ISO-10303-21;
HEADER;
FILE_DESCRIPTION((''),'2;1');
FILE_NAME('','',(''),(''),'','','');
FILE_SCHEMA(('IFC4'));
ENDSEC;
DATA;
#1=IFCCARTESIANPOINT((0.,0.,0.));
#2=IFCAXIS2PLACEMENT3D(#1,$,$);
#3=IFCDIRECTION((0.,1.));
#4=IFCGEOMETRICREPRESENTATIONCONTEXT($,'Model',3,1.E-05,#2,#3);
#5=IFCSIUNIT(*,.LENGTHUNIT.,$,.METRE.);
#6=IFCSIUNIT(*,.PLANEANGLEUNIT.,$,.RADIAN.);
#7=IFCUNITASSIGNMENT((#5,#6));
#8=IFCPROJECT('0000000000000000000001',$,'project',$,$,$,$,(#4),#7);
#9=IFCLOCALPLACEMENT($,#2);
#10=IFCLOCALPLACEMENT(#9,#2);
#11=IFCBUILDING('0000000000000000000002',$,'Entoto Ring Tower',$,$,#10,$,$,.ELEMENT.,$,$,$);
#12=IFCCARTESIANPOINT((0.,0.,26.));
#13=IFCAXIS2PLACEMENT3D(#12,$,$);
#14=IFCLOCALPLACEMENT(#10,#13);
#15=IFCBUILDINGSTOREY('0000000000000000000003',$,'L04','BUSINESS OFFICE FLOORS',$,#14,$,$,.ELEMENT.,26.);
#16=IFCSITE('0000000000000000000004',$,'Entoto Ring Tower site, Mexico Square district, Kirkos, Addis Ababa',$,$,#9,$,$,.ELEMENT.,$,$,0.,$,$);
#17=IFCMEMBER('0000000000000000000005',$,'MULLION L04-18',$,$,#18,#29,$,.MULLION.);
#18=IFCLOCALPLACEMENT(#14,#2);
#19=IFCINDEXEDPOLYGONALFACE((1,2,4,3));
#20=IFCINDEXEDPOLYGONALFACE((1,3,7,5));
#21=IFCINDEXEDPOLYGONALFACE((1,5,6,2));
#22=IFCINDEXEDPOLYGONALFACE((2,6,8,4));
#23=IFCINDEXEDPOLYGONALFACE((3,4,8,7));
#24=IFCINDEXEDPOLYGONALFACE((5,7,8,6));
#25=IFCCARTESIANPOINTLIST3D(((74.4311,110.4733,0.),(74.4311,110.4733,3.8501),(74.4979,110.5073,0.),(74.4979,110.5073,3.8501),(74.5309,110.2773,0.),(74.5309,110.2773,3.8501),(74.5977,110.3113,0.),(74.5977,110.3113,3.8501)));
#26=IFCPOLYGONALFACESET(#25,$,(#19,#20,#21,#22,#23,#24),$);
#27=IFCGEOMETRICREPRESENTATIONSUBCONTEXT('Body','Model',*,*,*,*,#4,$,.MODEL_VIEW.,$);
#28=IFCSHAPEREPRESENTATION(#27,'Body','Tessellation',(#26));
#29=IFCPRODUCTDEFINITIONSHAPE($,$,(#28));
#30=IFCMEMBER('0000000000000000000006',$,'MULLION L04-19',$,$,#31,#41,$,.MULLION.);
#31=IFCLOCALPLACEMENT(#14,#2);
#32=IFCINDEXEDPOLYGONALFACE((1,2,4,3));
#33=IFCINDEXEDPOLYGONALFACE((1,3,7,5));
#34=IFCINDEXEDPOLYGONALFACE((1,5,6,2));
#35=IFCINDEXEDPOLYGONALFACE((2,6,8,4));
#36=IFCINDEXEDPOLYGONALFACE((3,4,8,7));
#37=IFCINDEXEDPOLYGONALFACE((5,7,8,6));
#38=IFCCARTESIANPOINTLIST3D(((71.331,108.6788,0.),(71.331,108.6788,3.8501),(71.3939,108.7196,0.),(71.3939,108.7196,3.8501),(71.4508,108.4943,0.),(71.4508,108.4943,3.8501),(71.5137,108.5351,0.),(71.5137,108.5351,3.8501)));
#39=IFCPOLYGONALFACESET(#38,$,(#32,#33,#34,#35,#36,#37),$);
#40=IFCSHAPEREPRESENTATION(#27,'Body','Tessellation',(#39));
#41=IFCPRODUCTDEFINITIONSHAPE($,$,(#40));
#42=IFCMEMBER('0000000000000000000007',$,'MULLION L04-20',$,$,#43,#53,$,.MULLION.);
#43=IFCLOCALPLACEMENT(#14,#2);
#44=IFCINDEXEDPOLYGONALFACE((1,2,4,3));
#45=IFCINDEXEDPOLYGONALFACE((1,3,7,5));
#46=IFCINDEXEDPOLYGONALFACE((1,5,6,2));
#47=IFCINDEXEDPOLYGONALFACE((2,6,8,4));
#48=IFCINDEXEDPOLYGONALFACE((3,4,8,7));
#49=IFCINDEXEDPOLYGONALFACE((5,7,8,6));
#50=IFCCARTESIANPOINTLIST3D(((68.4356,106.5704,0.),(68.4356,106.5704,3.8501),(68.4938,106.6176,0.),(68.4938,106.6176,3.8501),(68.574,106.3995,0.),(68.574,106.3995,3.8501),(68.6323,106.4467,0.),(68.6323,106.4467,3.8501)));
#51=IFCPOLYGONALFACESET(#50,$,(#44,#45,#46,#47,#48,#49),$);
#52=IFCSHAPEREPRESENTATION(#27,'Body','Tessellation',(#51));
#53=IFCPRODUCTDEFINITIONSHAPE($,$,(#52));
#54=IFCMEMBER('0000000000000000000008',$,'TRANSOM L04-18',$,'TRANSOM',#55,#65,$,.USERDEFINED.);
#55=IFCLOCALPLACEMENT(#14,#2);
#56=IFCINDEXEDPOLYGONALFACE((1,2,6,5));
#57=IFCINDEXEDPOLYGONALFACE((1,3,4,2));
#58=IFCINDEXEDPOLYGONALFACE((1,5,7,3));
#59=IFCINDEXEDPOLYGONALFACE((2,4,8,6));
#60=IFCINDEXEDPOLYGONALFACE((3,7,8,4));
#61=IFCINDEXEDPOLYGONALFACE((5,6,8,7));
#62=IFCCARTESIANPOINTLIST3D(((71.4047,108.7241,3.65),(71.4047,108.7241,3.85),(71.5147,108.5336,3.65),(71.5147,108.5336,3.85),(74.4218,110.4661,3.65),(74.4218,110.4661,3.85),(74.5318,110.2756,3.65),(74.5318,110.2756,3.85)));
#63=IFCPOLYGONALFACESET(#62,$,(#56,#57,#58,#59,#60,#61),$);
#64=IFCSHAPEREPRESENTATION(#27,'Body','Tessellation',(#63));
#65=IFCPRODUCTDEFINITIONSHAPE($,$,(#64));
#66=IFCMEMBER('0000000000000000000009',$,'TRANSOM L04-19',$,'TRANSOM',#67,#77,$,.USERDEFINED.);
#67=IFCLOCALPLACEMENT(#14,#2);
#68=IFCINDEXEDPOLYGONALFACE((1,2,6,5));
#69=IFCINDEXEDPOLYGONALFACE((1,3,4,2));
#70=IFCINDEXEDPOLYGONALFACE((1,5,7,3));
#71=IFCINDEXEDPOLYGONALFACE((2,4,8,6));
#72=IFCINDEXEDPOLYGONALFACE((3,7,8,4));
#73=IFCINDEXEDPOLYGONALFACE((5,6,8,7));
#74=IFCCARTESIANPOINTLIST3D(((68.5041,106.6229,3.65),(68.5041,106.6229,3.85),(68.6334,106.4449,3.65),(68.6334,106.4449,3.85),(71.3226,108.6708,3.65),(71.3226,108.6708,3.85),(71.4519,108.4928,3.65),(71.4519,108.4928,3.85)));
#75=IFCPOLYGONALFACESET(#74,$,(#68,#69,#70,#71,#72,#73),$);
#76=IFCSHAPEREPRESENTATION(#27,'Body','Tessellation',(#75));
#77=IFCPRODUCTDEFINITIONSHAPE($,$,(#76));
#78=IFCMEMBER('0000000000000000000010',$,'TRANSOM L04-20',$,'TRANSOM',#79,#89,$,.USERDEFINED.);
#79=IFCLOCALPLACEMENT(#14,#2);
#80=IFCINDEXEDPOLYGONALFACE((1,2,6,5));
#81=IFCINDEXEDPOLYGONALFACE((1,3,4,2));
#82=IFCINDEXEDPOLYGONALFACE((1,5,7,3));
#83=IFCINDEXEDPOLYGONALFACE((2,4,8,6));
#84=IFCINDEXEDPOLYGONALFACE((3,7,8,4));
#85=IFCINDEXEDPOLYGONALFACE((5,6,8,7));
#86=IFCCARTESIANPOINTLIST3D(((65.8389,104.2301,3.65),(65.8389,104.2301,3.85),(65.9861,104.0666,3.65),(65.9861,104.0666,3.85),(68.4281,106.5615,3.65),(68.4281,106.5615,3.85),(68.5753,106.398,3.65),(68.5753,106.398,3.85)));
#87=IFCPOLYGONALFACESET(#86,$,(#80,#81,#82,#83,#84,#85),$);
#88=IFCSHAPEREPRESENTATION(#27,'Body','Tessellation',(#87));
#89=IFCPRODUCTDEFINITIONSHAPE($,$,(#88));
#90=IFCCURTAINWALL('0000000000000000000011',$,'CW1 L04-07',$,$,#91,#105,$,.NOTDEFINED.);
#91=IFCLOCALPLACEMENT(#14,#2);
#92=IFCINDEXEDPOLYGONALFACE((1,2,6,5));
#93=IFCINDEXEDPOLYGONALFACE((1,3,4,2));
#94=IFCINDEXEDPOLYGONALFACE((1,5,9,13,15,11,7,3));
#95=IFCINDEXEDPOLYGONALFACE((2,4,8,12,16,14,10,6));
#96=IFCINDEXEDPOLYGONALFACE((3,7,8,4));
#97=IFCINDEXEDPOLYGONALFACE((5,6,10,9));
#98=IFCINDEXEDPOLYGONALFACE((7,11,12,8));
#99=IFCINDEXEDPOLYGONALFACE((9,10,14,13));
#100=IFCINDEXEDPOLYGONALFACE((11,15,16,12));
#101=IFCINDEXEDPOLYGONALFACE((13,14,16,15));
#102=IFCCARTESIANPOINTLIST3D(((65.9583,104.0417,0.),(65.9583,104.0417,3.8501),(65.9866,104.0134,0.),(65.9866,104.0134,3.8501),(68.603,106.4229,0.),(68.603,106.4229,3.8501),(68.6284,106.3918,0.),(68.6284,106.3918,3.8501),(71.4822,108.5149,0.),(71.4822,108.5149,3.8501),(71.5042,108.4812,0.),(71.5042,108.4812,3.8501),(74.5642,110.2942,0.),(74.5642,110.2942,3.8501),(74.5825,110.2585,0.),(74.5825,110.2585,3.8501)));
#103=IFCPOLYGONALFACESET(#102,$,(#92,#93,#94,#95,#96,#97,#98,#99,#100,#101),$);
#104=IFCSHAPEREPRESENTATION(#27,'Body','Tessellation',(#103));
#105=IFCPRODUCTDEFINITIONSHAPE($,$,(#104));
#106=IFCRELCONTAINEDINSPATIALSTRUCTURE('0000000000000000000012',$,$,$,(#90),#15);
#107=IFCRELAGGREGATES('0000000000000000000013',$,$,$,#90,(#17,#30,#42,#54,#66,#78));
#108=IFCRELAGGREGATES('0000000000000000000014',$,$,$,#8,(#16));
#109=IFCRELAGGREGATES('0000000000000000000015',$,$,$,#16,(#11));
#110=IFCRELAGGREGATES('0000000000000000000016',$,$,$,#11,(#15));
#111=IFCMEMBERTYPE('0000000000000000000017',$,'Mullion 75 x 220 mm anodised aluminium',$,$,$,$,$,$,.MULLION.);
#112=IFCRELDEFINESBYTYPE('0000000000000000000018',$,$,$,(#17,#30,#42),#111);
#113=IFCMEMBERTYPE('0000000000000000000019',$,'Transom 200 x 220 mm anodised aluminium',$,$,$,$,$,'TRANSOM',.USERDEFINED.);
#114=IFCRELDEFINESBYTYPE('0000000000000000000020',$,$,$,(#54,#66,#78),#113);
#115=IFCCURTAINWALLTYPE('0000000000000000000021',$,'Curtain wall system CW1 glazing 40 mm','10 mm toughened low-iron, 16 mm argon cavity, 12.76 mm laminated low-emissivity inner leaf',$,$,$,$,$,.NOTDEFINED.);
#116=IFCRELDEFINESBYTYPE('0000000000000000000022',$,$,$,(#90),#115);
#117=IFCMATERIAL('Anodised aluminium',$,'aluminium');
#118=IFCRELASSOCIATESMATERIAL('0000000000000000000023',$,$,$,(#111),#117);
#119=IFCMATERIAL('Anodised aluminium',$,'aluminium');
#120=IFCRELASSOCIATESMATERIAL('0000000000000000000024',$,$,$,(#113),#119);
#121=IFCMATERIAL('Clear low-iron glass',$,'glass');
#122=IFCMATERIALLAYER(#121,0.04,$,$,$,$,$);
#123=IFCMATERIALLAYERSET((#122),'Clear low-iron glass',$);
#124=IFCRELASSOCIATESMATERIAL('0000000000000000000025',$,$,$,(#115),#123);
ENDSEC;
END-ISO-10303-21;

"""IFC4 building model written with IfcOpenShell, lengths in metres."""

from ifc_helpers import new_model, si_unit, direction, frame, origin, origin_2d, place, context, subcontext, project, spatial, polyline, rectangle, outline, extrude, material, layer, layer_set, material_profile, profile_set, type_object, element, aggregate, save


model = new_model("IFC4")

# Units and contexts
model_context = context("Model", 3, precision=1e-05, world=origin(), true_north=direction((0.0, 1.0)))
body_context = subcontext(model_context, "Body", "Model", "MODEL_VIEW")
ifc_project = project(units=[si_unit("LENGTHUNIT", "METRE"), si_unit("PLANEANGLEUNIT", "RADIAN")], contexts=[model_context])

# Members
ifc_material_1 = material(Name="Anodised aluminium", Category="aluminium")
ifc_material_profile_1 = material_profile(ifc_material_1, rectangle(XDim=0.075, YDim=0.22, at=origin_2d()), Name="Mullion 75 x 220 mm anodised aluminium")
ifc_profile_set_1 = profile_set([ifc_material_profile_1], Name="Anodised aluminium")
member_type_1 = type_object("IfcMemberType", Name="Mullion 75 x 220 mm anodised aluminium", PredefinedType="MULLION", material=ifc_profile_set_1)
site_placement = place(None, origin())
building_placement = place(site_placement, origin())
storey_placement = place(building_placement, frame((0.0, 0.0, 26.0)))
member_1_placement = place(storey_placement, frame((74.5144, 110.3923, 0.0), z_axis=(0.0, 0.0, 1.0), x_axis=(-0.891007, -0.45399, 0.0)))
member_1 = element("IfcMember", 1, at=member_1_placement, type_object=member_type_1, Name="MULLION L04-18", PredefinedType="MULLION", context=body_context, shape_type="SweptSolid", body=[
    extrude(rectangle(XDim=0.075, YDim=0.22, at=origin_2d()), origin(), (0.0, 0.0, 1.0), 3.8501),
])
member_2_placement = place(storey_placement, frame((71.4224, 108.6069, 0.0), z_axis=(0.0, 0.0, 1.0), x_axis=(-0.838671, -0.544639, 0.0)))
member_2 = element("IfcMember", 2, at=member_2_placement, type_object=member_type_1, Name="MULLION L04-19", PredefinedType="MULLION", context=body_context, shape_type="SweptSolid", body=[
    extrude(rectangle(XDim=0.075, YDim=0.22, at=origin_2d()), origin(), (0.0, 0.0, 1.0), 3.8501),
])
member_3_placement = place(storey_placement, frame((68.5339, 106.5085, 0.0), z_axis=(0.0, 0.0, 1.0), x_axis=(-0.777146, -0.62932, 0.0)))
member_3 = element("IfcMember", 3, at=member_3_placement, type_object=member_type_1, Name="MULLION L04-20", PredefinedType="MULLION", context=body_context, shape_type="SweptSolid", body=[
    extrude(rectangle(XDim=0.075, YDim=0.22, at=origin_2d()), origin(), (0.0, 0.0, 1.0), 3.8501),
])
ifc_material_2 = material(Name="Anodised aluminium", Category="aluminium")
ifc_material_profile_2 = material_profile(ifc_material_2, rectangle(XDim=0.22, YDim=0.2, at=origin_2d()), Name="Transom 200 x 220 mm anodised aluminium")
ifc_profile_set_2 = profile_set([ifc_material_profile_2], Name="Anodised aluminium")
member_type_2 = type_object("IfcMemberType", Name="Transom 200 x 220 mm anodised aluminium", ElementType="TRANSOM", PredefinedType="USERDEFINED", material=ifc_profile_set_2)
member_4_placement = place(storey_placement, frame((74.4768, 110.3708, 3.75), z_axis=(-0.866022, -0.500006, 0.0), x_axis=(0.500006, -0.866022, 0.0)))
member_4 = element("IfcMember", 4, at=member_4_placement, type_object=member_type_2, Name="TRANSOM L04-18", ObjectType="TRANSOM", PredefinedType="USERDEFINED", context=body_context, shape_type="SweptSolid", body=[
    extrude(rectangle(XDim=0.22, YDim=0.2, at=origin_2d()), origin(), (0.0, 0.0, 1.0), 3.4839),
])
member_5_placement = place(storey_placement, frame((71.3872, 108.5818, 3.75), z_axis=(-0.808991, -0.587822, 0.0), x_axis=(0.587822, -0.808991, 0.0)))
member_5 = element("IfcMember", 5, at=member_5_placement, type_object=member_type_2, Name="TRANSOM L04-19", ObjectType="TRANSOM", PredefinedType="USERDEFINED", context=body_context, shape_type="SweptSolid", body=[
    extrude(rectangle(XDim=0.22, YDim=0.2, at=origin_2d()), origin(), (0.0, 0.0, 1.0), 3.4839),
])
member_6_placement = place(storey_placement, frame((68.5017, 106.4797, 3.75), z_axis=(-0.743137, -0.669139, 0.0), x_axis=(0.669139, -0.743137, 0.0)))
member_6 = element("IfcMember", 6, at=member_6_placement, type_object=member_type_2, Name="TRANSOM L04-20", ObjectType="TRANSOM", PredefinedType="USERDEFINED", context=body_context, shape_type="SweptSolid", body=[
    extrude(rectangle(XDim=0.22, YDim=0.2, at=origin_2d()), origin(), (0.0, 0.0, 1.0), 3.4841),
])

# Site, building, storey
site = spatial("IfcSite", under=ifc_project, at=site_placement, Name="Entoto Ring Tower site, Mexico Square district, Kirkos, Addis Ababa", CompositionType="ELEMENT", RefElevation=0.0)
building = spatial("IfcBuilding", under=site, at=building_placement, Name="Entoto Ring Tower", CompositionType="ELEMENT")
storey = spatial("IfcBuildingStorey", under=building, at=storey_placement, Name="L04", Description="BUSINESS OFFICE FLOORS", CompositionType="ELEMENT", Elevation=26.0)

# Curtain wall
ifc_material_3 = material(Name="Clear low-iron glass", Category="glass")
ifc_layer = layer(ifc_material_3, 0.04)
ifc_layer_set = layer_set([ifc_layer], Name="Clear low-iron glass")
curtain_wall_type = type_object("IfcCurtainWallType", Name="Curtain wall system CW1 glazing 40 mm", Description="10 mm toughened low-iron, 16 mm argon cavity, 12.76 mm laminated low-emissivity inner leaf", PredefinedType="NOTDEFINED", material=ifc_layer_set)
curtain_wall_1_placement = place(storey_placement, origin())
curtain_wall_1 = element("IfcCurtainWall", 7, at=curtain_wall_1_placement, inside=storey, type_object=curtain_wall_type, Name="CW1 L04-07", PredefinedType="NOTDEFINED", context=body_context, shape_type="SweptSolid", body=[
    extrude(outline(polyline([(74.5642, 110.2942), (71.4822, 108.5149), (68.603, 106.4229), (65.9583, 104.0417), (65.9866, 104.0134), (68.6284, 106.3918), (71.5042, 108.4812), (74.5825, 110.2585), (74.5642, 110.2942)])), origin(), (0.0, 0.0, 1.0), 3.8501),
])
aggregate(curtain_wall_1, [member_1, member_2, member_3, member_4, member_5, member_6])

save(model, "model.ifc")
